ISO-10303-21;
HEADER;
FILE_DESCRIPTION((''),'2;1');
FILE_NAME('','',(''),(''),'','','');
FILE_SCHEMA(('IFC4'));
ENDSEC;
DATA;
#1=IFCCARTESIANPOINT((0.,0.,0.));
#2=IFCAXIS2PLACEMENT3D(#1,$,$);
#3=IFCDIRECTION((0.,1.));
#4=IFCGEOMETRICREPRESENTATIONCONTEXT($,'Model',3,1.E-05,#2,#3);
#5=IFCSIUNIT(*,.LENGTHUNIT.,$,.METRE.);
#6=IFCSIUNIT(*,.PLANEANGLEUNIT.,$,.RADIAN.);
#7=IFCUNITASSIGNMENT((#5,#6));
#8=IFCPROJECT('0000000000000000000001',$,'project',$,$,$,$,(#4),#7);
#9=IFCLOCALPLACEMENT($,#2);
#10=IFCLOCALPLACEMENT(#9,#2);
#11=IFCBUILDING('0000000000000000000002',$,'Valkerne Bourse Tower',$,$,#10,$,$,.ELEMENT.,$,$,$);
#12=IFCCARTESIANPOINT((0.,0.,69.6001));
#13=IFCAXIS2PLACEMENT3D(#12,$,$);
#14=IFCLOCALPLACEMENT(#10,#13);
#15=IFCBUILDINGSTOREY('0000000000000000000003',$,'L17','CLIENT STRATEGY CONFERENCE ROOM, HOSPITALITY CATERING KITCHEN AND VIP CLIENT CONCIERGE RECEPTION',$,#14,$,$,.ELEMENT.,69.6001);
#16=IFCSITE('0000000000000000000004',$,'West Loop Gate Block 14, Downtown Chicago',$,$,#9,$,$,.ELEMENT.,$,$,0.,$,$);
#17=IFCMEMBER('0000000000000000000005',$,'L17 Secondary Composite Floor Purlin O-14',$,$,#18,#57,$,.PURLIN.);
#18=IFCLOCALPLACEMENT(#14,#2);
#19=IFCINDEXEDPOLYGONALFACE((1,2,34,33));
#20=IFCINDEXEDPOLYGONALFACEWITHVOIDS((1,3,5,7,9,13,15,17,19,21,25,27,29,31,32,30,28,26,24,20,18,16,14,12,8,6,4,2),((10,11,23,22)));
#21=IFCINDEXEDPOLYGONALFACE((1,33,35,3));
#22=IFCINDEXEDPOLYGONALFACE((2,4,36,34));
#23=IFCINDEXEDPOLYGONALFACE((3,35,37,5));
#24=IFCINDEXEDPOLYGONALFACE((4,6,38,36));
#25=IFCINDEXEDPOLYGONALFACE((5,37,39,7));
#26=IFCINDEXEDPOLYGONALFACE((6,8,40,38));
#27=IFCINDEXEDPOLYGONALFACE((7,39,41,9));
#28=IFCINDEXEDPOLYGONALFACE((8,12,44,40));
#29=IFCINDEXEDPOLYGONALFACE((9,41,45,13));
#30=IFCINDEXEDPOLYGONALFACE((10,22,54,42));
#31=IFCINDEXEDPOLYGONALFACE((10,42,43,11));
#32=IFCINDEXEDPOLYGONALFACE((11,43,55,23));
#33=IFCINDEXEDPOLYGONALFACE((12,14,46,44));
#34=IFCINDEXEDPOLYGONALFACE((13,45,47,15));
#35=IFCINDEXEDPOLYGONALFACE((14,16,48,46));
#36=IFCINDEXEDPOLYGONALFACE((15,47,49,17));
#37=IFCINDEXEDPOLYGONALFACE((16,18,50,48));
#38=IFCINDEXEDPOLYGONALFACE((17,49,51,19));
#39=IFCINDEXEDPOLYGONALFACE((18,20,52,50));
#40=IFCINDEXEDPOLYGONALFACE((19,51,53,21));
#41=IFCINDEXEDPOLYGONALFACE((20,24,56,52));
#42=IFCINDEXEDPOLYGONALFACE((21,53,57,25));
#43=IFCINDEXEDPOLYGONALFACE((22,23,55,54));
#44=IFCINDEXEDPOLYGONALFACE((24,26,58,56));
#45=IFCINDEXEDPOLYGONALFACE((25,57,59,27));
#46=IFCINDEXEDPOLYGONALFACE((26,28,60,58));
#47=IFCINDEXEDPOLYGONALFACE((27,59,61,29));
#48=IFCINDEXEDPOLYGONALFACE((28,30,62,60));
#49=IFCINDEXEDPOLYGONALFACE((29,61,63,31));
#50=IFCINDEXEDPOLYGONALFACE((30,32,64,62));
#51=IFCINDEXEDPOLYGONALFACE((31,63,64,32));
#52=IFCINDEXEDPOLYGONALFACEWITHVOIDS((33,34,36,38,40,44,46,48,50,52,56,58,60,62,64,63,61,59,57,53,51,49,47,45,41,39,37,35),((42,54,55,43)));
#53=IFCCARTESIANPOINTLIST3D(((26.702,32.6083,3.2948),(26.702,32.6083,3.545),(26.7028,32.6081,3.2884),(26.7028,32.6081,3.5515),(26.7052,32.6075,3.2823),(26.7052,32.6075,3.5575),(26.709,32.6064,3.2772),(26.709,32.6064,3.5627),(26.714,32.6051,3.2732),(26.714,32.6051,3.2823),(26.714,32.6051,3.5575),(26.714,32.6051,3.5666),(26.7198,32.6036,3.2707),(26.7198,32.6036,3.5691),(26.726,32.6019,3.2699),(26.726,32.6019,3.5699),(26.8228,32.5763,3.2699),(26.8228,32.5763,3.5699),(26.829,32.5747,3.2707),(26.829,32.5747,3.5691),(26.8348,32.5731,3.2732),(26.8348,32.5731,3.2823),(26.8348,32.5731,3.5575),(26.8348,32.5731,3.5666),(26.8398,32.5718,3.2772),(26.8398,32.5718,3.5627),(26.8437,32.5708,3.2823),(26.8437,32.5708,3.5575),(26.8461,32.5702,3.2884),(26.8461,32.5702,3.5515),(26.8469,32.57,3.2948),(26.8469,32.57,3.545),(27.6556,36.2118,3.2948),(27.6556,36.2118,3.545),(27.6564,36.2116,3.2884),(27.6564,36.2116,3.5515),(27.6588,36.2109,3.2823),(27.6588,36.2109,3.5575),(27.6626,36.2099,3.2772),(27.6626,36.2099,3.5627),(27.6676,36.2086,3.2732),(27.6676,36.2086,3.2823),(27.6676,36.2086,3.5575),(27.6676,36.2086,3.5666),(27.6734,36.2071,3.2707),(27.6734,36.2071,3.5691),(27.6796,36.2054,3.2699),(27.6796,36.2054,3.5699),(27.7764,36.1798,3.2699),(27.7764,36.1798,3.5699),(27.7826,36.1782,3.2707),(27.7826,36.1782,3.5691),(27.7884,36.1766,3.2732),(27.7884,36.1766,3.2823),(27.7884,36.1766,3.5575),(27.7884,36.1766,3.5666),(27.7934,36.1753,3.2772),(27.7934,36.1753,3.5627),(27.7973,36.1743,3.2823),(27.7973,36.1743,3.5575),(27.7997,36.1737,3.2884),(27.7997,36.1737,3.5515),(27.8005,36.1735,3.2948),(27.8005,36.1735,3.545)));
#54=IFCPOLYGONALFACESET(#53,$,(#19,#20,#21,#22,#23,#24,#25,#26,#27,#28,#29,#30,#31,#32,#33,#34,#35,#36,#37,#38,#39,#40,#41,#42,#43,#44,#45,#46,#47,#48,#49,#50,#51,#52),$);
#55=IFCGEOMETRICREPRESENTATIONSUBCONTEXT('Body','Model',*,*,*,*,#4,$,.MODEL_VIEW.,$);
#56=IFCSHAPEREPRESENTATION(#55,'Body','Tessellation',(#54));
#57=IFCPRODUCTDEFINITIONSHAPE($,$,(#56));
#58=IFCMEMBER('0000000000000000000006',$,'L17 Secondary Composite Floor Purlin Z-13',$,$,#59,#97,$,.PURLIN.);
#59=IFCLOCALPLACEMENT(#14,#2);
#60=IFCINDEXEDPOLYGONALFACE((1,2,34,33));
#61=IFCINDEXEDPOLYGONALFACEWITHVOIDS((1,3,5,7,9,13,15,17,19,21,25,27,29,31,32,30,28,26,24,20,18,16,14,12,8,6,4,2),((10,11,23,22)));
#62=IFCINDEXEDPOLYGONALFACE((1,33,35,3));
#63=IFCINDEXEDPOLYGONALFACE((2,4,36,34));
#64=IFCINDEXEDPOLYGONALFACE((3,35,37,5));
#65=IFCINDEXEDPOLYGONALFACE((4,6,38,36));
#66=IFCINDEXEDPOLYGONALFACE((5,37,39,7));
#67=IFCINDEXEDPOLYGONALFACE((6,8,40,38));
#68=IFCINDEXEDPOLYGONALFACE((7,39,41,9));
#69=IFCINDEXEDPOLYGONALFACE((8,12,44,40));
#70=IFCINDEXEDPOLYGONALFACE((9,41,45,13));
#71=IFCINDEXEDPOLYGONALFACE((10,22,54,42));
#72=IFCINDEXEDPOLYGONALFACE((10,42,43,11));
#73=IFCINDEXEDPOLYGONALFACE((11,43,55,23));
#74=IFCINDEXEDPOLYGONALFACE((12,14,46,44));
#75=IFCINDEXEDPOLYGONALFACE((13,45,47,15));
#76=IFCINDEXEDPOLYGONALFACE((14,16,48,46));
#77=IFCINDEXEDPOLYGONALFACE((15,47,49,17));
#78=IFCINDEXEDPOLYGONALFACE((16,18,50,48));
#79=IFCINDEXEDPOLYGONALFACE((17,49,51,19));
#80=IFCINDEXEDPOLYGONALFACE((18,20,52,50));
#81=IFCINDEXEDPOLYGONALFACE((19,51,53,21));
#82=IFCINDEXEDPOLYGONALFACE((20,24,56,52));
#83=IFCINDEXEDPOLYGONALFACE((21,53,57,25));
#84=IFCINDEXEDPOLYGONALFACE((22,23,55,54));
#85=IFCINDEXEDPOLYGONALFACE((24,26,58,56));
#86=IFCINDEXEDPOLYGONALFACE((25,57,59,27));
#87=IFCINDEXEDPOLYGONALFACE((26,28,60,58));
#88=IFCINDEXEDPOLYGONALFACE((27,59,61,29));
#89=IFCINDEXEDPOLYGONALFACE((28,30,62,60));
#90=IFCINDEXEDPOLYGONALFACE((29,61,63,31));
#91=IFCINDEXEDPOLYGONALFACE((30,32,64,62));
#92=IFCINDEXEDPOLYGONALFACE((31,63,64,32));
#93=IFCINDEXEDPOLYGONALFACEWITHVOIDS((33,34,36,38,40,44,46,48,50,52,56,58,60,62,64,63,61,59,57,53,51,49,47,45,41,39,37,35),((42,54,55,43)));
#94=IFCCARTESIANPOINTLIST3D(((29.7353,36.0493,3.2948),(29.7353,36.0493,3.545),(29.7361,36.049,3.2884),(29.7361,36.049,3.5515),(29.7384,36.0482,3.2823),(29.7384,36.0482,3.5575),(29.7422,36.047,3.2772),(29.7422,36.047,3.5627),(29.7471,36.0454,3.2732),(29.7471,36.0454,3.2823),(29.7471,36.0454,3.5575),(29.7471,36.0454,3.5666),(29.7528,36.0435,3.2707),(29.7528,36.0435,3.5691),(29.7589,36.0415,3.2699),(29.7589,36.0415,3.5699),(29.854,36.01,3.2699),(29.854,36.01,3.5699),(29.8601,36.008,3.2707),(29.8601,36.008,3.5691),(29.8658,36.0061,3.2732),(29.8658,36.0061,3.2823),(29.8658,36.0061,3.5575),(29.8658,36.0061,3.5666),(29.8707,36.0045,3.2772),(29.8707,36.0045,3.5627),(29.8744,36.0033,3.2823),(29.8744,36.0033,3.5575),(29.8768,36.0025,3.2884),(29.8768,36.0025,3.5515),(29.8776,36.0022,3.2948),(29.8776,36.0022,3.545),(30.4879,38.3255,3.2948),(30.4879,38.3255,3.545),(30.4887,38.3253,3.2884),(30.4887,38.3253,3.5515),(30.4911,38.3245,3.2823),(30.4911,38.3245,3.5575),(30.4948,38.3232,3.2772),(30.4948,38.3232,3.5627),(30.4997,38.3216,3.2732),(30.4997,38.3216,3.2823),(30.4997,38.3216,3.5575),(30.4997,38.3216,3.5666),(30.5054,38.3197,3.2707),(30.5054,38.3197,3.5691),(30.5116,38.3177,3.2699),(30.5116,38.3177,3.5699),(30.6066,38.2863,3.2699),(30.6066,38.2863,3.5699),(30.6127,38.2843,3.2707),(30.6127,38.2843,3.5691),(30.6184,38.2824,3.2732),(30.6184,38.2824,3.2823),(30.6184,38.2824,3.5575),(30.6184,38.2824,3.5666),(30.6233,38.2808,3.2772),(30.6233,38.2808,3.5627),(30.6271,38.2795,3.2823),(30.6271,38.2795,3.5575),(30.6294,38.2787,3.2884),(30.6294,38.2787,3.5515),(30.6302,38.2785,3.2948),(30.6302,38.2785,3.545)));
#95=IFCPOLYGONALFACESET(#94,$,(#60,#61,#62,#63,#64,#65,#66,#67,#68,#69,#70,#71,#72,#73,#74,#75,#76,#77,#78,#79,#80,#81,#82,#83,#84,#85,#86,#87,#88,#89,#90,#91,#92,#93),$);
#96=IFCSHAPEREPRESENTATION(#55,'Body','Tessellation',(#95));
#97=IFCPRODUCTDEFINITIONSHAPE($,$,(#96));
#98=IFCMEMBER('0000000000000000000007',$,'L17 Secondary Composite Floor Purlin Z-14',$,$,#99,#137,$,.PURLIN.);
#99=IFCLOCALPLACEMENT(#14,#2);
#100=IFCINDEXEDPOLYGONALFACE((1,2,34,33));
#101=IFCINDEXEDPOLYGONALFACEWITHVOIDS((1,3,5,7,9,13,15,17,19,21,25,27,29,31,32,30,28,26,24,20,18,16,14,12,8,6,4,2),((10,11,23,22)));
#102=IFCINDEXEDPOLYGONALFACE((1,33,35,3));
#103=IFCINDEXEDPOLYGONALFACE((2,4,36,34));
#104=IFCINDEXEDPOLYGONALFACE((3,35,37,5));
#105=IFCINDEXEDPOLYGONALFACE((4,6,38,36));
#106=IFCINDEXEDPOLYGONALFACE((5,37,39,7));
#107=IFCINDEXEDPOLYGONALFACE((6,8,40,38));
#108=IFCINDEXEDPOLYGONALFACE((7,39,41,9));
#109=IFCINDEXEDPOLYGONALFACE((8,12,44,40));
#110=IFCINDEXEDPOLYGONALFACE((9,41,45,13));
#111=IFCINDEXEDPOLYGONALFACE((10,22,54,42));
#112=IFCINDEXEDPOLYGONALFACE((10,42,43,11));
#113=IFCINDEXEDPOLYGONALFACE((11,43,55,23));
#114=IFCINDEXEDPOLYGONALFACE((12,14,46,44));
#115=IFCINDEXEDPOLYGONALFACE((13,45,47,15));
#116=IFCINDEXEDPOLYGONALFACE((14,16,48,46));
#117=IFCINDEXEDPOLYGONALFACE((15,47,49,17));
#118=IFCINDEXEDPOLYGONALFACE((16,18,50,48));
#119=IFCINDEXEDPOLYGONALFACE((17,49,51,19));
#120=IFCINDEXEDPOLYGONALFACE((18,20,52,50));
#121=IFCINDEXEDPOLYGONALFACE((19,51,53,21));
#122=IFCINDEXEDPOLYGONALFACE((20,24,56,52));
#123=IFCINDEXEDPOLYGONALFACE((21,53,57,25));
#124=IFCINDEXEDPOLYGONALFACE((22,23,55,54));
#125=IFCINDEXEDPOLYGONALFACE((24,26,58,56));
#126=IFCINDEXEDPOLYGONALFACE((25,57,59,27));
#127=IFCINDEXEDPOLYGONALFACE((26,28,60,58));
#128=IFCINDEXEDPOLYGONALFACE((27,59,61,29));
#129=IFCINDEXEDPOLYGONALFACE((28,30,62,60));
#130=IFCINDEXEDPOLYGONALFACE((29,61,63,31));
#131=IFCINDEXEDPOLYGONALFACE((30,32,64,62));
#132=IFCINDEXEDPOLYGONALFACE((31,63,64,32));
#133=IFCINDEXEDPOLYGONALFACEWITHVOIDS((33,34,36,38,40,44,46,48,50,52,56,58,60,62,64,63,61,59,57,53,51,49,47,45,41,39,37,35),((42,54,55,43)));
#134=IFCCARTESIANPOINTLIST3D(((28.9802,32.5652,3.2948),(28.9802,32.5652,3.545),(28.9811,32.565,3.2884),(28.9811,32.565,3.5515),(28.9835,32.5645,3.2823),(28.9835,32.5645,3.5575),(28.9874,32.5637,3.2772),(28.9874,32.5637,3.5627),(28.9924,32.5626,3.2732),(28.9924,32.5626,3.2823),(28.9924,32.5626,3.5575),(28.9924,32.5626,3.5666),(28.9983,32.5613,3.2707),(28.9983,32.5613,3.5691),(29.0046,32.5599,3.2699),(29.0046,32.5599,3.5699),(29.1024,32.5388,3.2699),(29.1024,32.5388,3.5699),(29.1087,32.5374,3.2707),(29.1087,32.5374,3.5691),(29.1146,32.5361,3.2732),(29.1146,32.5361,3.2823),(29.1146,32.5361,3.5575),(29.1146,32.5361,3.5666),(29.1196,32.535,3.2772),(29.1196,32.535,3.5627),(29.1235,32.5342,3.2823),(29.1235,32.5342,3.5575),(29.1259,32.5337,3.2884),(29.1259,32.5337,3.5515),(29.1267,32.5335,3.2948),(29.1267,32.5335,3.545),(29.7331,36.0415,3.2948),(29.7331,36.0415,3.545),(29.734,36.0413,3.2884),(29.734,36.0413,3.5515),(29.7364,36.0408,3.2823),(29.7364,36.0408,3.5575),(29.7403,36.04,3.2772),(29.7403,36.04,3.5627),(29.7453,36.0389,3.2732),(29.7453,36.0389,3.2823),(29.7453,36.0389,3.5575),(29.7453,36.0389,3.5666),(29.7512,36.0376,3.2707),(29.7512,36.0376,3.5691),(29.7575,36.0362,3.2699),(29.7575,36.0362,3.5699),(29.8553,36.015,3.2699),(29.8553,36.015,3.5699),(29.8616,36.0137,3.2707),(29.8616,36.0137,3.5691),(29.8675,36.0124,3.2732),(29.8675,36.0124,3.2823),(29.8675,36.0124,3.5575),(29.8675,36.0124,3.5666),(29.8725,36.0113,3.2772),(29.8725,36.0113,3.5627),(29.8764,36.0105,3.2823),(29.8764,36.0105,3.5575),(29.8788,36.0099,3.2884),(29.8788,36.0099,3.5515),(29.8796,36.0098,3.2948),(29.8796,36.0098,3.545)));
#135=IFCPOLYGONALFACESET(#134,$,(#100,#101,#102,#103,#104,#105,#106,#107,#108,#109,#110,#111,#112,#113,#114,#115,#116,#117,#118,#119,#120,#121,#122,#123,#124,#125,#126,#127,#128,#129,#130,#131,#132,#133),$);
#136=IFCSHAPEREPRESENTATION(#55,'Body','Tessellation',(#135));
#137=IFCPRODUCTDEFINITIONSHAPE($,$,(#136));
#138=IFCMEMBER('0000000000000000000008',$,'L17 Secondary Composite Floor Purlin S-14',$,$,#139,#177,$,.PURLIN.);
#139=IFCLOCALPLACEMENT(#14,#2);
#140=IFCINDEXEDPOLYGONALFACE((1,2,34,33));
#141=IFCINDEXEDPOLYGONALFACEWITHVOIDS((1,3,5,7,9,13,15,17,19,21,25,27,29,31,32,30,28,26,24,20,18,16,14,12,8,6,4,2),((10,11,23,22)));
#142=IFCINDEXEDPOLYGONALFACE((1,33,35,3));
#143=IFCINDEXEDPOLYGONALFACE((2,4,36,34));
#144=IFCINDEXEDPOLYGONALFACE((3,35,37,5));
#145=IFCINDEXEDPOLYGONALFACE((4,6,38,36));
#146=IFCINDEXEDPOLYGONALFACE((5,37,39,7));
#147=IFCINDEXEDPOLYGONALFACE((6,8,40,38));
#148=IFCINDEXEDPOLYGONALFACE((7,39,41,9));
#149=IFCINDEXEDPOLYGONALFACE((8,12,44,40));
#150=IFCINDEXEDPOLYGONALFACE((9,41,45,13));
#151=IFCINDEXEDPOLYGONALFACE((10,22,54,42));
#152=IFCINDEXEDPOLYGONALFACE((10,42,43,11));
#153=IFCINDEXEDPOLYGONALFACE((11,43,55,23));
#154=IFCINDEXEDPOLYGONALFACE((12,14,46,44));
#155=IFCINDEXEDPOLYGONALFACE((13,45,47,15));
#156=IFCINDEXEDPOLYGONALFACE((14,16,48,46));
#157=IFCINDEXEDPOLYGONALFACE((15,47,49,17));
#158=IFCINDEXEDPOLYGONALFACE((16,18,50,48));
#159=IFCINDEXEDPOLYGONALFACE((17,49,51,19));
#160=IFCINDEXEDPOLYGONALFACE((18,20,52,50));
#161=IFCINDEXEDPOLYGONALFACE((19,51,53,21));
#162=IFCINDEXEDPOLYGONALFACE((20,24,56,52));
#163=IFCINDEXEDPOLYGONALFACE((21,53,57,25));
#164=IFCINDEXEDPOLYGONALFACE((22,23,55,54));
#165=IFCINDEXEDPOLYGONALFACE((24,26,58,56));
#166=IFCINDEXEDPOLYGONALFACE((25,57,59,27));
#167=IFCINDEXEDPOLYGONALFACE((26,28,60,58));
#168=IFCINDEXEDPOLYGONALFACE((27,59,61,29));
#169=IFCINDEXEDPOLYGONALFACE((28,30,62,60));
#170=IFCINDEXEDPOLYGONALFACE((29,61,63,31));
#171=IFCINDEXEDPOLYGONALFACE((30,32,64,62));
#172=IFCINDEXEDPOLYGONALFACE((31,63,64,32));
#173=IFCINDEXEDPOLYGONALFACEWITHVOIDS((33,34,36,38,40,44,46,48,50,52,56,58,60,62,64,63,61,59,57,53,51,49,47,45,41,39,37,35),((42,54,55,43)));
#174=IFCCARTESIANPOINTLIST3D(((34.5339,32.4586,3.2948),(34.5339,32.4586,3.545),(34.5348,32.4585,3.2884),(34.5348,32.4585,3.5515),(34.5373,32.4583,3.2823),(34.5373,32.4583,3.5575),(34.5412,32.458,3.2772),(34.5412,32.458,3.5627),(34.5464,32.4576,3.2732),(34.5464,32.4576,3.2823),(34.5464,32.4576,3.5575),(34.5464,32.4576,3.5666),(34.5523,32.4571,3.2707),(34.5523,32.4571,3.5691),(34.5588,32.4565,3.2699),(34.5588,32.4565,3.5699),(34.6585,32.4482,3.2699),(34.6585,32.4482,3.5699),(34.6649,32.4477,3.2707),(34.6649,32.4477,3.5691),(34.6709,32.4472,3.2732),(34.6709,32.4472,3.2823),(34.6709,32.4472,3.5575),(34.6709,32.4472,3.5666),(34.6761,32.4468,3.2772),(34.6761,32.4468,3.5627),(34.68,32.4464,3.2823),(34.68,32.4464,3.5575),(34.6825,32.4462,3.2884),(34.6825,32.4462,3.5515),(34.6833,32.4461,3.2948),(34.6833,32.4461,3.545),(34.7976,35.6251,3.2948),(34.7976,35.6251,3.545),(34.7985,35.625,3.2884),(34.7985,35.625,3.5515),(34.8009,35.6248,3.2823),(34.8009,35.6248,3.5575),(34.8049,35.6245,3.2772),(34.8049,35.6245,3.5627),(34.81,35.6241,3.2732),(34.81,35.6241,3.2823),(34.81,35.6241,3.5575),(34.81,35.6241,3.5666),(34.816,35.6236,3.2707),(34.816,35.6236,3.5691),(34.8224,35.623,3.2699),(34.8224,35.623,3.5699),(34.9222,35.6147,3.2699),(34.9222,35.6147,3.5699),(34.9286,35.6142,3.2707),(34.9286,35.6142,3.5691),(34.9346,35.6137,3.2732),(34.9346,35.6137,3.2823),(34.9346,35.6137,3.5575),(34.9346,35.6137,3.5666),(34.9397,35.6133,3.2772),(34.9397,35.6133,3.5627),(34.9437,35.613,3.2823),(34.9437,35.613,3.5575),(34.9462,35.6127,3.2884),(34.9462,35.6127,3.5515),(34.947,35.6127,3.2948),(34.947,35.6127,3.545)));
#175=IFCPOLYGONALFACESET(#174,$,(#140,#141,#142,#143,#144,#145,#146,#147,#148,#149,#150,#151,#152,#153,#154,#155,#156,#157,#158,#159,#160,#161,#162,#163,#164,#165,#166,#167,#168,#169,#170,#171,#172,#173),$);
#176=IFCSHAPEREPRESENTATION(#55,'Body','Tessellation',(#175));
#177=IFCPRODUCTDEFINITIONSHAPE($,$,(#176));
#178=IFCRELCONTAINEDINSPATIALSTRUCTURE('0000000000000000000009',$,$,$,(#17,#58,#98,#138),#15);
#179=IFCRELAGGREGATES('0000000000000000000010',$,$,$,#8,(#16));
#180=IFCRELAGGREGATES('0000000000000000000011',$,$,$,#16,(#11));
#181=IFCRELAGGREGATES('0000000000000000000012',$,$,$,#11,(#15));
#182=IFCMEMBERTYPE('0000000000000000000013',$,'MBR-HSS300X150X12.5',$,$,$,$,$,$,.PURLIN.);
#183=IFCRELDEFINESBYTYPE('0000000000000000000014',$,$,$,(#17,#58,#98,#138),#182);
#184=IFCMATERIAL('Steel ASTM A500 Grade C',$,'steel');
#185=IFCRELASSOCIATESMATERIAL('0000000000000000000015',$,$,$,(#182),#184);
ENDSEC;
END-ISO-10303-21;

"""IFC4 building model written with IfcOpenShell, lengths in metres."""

from ifc_helpers import new_model, si_unit, direction, frame, origin, origin_2d, place, context, subcontext, project, spatial, hollow_rectangle, extrude, material, material_profile, profile_set, type_object, element, save


model = new_model("IFC4")

# Units and contexts
model_context = context("Model", 3, precision=1e-05, world=origin(), true_north=direction((0.0, 1.0)))
body_context = subcontext(model_context, "Body", "Model", "MODEL_VIEW")
ifc_project = project(units=[si_unit("LENGTHUNIT", "METRE"), si_unit("PLANEANGLEUNIT", "RADIAN")], contexts=[model_context])

# Site, building, storey
site_placement = place(None, origin())
site = spatial("IfcSite", under=ifc_project, at=site_placement, Name="West Loop Gate Block 14, Downtown Chicago", CompositionType="ELEMENT", RefElevation=0.0)
building_placement = place(site_placement, origin())
building = spatial("IfcBuilding", under=site, at=building_placement, Name="Valkerne Bourse Tower", CompositionType="ELEMENT")
storey_placement = place(building_placement, frame((0.0, 0.0, 69.6001)))
storey = spatial("IfcBuildingStorey", under=building, at=storey_placement, Name="L17", Description="CLIENT STRATEGY CONFERENCE ROOM, HOSPITALITY CATERING KITCHEN AND VIP CLIENT CONCIERGE RECEPTION", CompositionType="ELEMENT", Elevation=69.6001)

# Members
ifc_material_1 = material(Name="Steel ASTM A500 Grade C", Category="steel")
ifc_material_profile_1 = material_profile(ifc_material_1, hollow_rectangle(XDim=0.1499, YDim=0.3, WallThickness=0.0125, OuterFilletRadius=0.0249, at=origin_2d()), Name="HSS300X150X12.5")
ifc_profile_set_1 = profile_set([ifc_material_profile_1], Name="Steel ASTM A500 Grade C")
member_type_1 = type_object("IfcMemberType", Name="MBR-HSS300X150X12.5", PredefinedType="PURLIN", material=ifc_profile_set_1)
member_1_placement = place(storey_placement, frame((27.728, 36.1926, 3.4199), z_axis=(-0.255828, -0.966722, 0.0), x_axis=(0.966722, -0.255828, 0.0)))
element("IfcMember", 1, at=member_1_placement, inside=storey, type_object=member_type_1, Name="L17 Secondary Composite Floor Purlin O-14", PredefinedType="PURLIN", context=body_context, shape_type="SweptSolid", body=[
    extrude(hollow_rectangle(XDim=0.1499, YDim=0.3, WallThickness=0.0125, OuterFilletRadius=0.0249, at=origin_2d()), origin(), (0.0, 0.0, 1.0), 3.7275),
])
member_2_placement = place(storey_placement, frame((30.5591, 38.302, 3.4199), z_axis=(-0.313936, -0.949444, 0.0), x_axis=(0.949444, -0.313936, 0.0)))
element("IfcMember", 2, at=member_2_placement, inside=storey, type_object=member_type_1, Name="L17 Secondary Composite Floor Purlin Z-13", PredefinedType="PURLIN", context=body_context, shape_type="SweptSolid", body=[
    extrude(hollow_rectangle(XDim=0.1499, YDim=0.3, WallThickness=0.0125, OuterFilletRadius=0.0249, at=origin_2d()), origin(), (0.0, 0.0, 1.0), 2.3975),
])
member_3_placement = place(storey_placement, frame((29.8064, 36.0256, 3.4199), z_axis=(-0.21168, -0.977339, 0.0), x_axis=(0.977339, -0.21168, 0.0)))
element("IfcMember", 3, at=member_3_placement, inside=storey, type_object=member_type_1, Name="L17 Secondary Composite Floor Purlin Z-14", PredefinedType="PURLIN", context=body_context, shape_type="SweptSolid", body=[
    extrude(hollow_rectangle(XDim=0.1499, YDim=0.3, WallThickness=0.0125, OuterFilletRadius=0.0249, at=origin_2d()), origin(), (0.0, 0.0, 1.0), 3.5569),
])
member_4_placement = place(storey_placement, frame((34.8723, 35.6189, 3.4199), z_axis=(-0.082982, -0.996551, 0.0), x_axis=(0.996551, -0.082982, 0.0)))
element("IfcMember", 4, at=member_4_placement, inside=storey, type_object=member_type_1, Name="L17 Secondary Composite Floor Purlin S-14", PredefinedType="PURLIN", context=body_context, shape_type="SweptSolid", body=[
    extrude(hollow_rectangle(XDim=0.1499, YDim=0.3, WallThickness=0.0125, OuterFilletRadius=0.0249, at=origin_2d()), origin(), (0.0, 0.0, 1.0), 3.1775),
])

save(model, "model.ifc")
